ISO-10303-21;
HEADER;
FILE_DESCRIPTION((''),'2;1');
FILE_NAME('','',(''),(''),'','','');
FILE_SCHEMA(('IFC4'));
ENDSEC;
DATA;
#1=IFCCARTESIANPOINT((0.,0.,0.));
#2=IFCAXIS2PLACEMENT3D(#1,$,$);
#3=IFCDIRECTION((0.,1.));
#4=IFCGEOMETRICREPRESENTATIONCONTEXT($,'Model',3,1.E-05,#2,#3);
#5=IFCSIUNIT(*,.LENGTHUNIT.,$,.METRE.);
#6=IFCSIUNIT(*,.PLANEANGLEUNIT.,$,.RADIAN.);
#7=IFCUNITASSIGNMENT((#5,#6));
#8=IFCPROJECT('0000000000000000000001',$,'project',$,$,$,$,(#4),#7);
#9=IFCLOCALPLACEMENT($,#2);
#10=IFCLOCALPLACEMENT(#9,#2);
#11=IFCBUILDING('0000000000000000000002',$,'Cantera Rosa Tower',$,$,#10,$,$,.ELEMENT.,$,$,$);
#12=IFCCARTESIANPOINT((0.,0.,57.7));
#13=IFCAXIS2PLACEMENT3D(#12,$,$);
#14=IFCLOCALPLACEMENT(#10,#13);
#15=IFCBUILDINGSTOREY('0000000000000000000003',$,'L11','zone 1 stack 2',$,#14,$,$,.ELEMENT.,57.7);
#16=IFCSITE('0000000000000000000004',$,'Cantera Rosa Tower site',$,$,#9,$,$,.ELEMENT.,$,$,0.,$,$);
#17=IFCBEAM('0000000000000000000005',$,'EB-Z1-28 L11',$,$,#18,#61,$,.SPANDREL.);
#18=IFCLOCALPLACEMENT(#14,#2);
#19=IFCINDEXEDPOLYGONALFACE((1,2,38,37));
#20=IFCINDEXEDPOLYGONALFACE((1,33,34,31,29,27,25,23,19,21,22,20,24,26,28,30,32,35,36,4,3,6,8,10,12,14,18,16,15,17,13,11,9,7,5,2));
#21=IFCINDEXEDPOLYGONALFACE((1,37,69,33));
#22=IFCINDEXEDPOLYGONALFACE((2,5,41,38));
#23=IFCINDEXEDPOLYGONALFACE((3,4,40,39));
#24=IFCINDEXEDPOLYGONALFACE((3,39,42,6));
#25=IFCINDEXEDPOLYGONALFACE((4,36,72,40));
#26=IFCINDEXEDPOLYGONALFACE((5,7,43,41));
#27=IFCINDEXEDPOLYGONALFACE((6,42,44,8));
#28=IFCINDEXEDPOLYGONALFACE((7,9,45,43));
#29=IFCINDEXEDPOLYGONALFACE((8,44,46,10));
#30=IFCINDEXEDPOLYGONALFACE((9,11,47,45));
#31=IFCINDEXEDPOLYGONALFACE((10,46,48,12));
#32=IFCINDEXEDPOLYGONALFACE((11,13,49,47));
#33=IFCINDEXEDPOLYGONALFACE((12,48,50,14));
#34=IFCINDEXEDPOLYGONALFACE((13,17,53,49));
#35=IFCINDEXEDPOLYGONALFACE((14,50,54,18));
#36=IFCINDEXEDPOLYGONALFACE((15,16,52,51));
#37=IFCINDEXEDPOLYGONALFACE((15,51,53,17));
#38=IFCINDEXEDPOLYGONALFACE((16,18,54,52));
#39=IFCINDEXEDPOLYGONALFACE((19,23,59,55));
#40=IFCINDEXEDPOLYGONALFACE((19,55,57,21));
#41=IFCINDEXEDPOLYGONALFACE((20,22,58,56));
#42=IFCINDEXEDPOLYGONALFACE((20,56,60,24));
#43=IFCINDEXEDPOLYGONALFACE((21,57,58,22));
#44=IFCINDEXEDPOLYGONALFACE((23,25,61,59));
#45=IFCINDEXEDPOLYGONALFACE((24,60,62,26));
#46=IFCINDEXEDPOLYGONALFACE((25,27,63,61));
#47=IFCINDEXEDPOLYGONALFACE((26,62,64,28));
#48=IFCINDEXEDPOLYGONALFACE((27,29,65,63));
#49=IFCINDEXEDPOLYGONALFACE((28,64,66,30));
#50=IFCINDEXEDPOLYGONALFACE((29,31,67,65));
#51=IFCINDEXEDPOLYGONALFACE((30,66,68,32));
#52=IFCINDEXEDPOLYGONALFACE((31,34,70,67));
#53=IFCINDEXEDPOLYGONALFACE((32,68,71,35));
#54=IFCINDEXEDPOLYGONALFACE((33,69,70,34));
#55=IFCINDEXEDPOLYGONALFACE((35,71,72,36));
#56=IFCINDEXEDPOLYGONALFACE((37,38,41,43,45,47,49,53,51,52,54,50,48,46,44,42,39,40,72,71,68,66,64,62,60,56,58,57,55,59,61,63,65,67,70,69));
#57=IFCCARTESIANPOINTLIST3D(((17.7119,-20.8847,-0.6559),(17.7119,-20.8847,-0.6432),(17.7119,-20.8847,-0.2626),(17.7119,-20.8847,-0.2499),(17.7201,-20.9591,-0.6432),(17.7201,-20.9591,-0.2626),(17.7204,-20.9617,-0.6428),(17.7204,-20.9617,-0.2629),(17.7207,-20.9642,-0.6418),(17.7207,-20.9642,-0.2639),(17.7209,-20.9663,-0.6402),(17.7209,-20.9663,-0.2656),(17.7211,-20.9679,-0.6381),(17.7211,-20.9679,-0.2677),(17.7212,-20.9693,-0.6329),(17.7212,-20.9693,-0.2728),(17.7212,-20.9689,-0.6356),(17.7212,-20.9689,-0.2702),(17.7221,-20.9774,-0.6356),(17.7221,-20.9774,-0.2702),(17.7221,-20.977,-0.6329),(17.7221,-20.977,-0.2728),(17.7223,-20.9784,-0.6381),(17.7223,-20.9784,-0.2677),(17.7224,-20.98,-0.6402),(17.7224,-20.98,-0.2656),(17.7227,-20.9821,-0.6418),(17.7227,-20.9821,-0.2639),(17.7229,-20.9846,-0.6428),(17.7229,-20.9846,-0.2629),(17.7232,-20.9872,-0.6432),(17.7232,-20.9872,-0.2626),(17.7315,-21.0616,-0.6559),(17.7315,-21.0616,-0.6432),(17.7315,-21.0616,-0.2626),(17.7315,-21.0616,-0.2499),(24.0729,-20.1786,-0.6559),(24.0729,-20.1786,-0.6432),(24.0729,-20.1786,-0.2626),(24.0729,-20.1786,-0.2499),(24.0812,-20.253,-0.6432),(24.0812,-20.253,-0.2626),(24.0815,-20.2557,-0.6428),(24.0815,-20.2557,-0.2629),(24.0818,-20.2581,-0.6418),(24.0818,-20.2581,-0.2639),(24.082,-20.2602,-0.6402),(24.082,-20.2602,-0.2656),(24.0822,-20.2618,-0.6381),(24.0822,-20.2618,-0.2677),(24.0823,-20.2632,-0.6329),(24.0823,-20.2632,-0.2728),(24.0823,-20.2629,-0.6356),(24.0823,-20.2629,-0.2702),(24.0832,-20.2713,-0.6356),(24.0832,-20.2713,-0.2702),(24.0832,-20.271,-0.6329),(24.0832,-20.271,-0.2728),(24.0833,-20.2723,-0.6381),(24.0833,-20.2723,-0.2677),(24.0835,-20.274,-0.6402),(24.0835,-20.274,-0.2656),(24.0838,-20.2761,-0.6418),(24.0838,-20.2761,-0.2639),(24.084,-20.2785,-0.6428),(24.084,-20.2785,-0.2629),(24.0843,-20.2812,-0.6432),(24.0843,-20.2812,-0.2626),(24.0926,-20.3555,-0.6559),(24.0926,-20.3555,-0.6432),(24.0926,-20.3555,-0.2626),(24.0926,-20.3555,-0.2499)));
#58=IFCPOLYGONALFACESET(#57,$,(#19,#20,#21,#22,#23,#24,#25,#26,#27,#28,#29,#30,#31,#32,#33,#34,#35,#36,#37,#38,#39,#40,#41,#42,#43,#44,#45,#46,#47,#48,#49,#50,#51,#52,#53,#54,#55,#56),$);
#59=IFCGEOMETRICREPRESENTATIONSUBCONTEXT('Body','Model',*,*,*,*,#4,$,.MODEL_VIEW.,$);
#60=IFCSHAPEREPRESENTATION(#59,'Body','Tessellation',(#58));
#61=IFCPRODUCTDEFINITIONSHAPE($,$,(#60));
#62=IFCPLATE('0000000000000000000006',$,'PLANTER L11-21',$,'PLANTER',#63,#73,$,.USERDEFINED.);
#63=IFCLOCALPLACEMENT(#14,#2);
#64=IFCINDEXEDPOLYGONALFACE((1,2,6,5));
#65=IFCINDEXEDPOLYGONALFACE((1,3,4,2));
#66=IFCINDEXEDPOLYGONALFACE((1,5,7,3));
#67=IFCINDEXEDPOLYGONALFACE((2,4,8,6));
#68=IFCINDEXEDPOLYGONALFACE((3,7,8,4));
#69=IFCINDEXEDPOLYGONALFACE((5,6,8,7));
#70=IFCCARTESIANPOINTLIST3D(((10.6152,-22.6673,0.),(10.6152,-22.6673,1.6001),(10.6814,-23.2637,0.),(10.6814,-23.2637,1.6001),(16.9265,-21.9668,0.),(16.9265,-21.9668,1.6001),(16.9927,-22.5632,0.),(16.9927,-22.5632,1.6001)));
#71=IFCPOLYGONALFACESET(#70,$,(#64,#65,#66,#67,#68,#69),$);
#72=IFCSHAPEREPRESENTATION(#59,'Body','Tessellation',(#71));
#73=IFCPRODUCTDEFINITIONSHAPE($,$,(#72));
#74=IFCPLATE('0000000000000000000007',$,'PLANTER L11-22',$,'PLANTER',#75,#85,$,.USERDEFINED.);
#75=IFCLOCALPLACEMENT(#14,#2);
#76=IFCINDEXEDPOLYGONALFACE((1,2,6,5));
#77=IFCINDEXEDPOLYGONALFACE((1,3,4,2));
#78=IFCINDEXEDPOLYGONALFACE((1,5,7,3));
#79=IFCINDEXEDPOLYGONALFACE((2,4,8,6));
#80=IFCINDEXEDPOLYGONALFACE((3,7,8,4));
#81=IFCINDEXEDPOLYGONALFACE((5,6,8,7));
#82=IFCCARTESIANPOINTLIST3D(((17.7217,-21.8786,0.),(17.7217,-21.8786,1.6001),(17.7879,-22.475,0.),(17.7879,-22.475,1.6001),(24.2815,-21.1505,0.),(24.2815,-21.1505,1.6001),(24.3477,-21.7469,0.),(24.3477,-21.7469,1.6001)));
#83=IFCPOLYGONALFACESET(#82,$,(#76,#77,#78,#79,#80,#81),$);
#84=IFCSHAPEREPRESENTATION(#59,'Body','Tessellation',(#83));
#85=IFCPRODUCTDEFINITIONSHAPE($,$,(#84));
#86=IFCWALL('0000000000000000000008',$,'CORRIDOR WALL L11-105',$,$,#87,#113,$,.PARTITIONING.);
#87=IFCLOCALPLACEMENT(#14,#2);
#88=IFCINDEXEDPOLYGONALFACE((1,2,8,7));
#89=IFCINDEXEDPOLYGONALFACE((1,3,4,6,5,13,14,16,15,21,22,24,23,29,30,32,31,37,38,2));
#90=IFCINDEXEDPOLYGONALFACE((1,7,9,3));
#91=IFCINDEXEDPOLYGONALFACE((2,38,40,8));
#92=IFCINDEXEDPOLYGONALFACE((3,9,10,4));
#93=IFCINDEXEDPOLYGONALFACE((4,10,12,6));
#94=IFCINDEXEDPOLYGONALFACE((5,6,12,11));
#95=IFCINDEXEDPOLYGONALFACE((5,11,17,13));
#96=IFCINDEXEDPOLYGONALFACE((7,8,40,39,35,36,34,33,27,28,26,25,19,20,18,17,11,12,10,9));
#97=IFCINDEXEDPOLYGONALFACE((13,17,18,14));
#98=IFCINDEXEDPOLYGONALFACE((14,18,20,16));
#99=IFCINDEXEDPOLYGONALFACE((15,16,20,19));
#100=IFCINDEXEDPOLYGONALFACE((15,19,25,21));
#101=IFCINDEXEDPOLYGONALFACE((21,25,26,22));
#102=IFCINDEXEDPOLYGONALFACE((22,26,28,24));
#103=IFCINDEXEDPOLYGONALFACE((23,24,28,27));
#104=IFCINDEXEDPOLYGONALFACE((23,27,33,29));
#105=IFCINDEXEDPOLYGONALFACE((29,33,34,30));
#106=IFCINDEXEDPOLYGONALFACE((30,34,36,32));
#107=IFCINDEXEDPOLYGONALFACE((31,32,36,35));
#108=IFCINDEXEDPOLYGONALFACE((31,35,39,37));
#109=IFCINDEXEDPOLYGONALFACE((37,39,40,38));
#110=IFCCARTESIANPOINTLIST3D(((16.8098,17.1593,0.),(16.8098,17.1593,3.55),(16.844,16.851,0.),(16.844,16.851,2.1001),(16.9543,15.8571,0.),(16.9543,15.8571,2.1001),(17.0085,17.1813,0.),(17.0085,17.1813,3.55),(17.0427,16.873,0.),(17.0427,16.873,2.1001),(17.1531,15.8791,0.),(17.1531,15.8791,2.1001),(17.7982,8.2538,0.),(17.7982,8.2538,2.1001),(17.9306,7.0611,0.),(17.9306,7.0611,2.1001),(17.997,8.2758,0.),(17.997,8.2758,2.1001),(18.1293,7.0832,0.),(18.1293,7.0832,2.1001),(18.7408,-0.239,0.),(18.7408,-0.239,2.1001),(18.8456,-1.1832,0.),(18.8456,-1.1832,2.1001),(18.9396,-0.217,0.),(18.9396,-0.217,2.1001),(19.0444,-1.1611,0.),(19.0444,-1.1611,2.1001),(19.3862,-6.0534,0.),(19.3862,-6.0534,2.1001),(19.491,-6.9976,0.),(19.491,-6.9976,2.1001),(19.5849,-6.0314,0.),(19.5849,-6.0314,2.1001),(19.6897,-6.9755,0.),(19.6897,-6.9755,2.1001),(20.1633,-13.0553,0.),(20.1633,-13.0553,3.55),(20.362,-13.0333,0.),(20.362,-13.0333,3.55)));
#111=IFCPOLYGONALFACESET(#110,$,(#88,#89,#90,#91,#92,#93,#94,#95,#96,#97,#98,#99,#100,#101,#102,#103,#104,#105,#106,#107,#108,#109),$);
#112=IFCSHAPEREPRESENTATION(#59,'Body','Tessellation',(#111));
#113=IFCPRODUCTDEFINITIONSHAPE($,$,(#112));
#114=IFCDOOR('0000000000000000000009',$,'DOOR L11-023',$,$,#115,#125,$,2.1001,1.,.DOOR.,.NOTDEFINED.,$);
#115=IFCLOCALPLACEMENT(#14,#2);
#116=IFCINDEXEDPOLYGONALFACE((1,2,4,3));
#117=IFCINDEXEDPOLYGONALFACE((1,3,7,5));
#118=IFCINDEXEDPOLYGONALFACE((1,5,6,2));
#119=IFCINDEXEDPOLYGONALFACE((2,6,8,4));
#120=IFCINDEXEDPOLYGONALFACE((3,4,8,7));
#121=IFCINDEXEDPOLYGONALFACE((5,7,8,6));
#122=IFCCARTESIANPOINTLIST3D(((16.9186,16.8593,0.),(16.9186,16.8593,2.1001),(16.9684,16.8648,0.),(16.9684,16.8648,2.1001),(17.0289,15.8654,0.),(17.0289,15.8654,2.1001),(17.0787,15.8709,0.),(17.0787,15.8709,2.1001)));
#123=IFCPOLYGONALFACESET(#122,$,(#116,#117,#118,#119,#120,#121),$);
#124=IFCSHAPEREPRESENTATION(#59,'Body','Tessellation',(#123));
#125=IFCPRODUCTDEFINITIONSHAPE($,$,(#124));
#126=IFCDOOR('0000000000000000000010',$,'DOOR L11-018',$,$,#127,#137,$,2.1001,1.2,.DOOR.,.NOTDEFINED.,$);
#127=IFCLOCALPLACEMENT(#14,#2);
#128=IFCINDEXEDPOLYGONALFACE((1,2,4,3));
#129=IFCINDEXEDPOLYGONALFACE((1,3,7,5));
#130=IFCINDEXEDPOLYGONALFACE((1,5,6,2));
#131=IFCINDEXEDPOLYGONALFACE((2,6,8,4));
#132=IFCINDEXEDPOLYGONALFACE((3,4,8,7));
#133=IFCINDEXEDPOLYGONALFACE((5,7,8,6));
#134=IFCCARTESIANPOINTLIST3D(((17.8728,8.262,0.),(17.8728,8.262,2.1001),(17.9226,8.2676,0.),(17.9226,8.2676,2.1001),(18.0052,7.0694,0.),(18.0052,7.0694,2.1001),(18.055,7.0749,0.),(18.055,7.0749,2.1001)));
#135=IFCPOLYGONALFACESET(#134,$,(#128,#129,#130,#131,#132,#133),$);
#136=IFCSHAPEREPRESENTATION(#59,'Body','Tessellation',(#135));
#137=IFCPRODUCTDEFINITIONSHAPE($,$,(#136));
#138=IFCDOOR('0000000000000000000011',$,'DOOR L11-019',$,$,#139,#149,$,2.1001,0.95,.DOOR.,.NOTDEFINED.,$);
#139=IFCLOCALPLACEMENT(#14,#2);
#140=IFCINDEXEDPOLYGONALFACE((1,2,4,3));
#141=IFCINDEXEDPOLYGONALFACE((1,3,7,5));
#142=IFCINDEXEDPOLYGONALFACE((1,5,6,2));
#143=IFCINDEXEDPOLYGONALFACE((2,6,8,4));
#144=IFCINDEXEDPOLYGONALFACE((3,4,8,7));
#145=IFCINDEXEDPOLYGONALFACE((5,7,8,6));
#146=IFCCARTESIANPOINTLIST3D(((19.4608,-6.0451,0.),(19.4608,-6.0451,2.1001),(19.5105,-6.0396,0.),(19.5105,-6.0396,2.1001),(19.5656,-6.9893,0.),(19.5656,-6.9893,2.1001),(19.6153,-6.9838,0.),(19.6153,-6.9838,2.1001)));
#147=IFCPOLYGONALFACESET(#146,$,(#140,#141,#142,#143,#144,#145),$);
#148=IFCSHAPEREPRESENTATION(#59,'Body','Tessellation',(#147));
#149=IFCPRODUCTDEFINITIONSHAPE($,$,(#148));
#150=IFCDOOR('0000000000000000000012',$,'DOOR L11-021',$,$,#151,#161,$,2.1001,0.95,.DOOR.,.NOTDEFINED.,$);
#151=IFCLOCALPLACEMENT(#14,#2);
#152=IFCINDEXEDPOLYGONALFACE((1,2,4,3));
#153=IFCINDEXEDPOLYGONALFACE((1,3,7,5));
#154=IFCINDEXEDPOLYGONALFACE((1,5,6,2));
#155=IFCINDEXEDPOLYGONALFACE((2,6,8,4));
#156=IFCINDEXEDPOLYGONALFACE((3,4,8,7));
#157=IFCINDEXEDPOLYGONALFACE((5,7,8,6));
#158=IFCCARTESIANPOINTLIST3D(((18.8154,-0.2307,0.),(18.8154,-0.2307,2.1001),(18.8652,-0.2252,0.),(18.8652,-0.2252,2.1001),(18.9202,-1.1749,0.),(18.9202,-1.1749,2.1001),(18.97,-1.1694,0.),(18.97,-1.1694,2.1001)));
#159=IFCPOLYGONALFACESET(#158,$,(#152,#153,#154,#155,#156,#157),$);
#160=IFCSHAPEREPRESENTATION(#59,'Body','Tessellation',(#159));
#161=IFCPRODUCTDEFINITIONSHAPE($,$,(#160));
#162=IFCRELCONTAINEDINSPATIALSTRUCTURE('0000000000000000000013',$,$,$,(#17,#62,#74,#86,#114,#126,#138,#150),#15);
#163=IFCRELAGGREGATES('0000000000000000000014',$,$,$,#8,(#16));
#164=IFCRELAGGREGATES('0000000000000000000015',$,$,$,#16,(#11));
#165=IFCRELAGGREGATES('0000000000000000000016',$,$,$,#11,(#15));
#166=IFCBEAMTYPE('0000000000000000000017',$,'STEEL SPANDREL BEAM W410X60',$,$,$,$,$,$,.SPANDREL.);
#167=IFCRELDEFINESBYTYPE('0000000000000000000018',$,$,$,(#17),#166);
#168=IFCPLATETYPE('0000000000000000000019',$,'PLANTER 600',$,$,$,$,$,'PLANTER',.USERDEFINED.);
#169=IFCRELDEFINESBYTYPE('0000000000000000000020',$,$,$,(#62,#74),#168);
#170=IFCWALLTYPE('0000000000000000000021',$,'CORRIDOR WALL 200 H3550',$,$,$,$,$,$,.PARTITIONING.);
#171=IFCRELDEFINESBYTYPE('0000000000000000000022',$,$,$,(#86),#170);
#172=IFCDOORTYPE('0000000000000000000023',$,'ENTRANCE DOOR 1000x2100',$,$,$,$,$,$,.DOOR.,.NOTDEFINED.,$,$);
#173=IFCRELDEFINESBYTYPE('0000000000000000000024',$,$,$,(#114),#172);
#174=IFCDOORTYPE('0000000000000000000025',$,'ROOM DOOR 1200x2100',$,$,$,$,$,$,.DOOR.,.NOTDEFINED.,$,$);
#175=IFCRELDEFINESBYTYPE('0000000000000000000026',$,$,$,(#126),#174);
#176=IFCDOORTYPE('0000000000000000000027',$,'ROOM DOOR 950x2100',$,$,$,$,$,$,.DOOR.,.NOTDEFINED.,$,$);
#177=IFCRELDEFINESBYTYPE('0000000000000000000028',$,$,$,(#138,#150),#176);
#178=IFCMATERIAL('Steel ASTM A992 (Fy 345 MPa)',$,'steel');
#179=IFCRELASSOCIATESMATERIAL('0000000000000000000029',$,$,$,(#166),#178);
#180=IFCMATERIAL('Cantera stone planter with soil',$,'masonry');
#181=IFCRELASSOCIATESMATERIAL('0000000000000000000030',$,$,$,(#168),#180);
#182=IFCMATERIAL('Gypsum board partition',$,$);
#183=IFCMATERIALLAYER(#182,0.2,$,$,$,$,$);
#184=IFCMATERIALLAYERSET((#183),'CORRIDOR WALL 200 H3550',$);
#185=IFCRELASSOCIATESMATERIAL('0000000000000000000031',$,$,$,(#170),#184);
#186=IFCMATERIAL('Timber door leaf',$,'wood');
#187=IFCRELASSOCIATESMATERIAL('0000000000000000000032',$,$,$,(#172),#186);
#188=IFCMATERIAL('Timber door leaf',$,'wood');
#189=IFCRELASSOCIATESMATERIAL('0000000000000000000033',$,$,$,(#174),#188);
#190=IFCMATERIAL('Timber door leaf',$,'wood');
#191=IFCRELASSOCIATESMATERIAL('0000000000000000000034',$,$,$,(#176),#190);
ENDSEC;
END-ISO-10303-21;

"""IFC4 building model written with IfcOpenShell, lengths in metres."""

from ifc_helpers import new_model, si_unit, direction, frame, frame_2d, origin, origin_2d, place, context, subcontext, project, spatial, rectangle, i_section, extrude, material, layer, layer_set, material_profile, profile_set, type_object, element, fill, save


model = new_model("IFC4")

# Units and contexts
model_context = context("Model", 3, precision=1e-05, world=origin(), true_north=direction((0.0, 1.0)))
body_context = subcontext(model_context, "Body", "Model", "MODEL_VIEW")
ifc_project = project(units=[si_unit("LENGTHUNIT", "METRE"), si_unit("PLANEANGLEUNIT", "RADIAN")], contexts=[model_context])

# Site, building, storey
site_placement = place(None, origin())
site = spatial("IfcSite", under=ifc_project, at=site_placement, Name="Cantera Rosa Tower site", CompositionType="ELEMENT", RefElevation=0.0)
building_placement = place(site_placement, origin())
building = spatial("IfcBuilding", under=site, at=building_placement, Name="Cantera Rosa Tower", CompositionType="ELEMENT")
storey_placement = place(building_placement, frame((0.0, 0.0, 57.7)))
storey = spatial("IfcBuildingStorey", under=building, at=storey_placement, Name="L11", Description="zone 1 stack 2", CompositionType="ELEMENT", Elevation=57.7)

# Beam
ifc_material_1 = material(Name="Steel ASTM A992 (Fy 345 MPa)", Category="steel")
ifc_material_profile_1 = material_profile(ifc_material_1, i_section(OverallWidth=0.178, OverallDepth=0.406, WebThickness=0.0078, FlangeThickness=0.0127, FilletRadius=0.0103, at=origin_2d()), Name="W410X60")
ifc_profile_set_1 = profile_set([ifc_material_profile_1], Name="Steel ASTM A992 (Fy 345 MPa)")
beam_type_1 = type_object("IfcBeamType", Name="STEEL SPANDREL BEAM W410X60", PredefinedType="SPANDREL", material=ifc_profile_set_1)
beam_1_placement = place(storey_placement, frame((17.7217, -20.9731, -0.4529), z_axis=(0.993896, 0.110318, 0.0), x_axis=(-0.110318, 0.993896, 0.0)))
element("IfcBeam", 1, at=beam_1_placement, inside=storey, type_object=beam_type_1, Name="EB-Z1-28 L11", PredefinedType="SPANDREL", context=body_context, shape_type="SweptSolid", body=[
    extrude(i_section(OverallWidth=0.178, OverallDepth=0.406, WebThickness=0.0078, FlangeThickness=0.0127, FilletRadius=0.0103, at=origin_2d()), origin(), (0.0, 0.0, 1.0), 6.4001),
])

# Plates
ifc_material_2 = material(Name="Cantera stone planter with soil", Category="masonry")
plate_type = type_object("IfcPlateType", Name="PLANTER 600", ElementType="PLANTER", PredefinedType="USERDEFINED", material=ifc_material_2)
plate_1_placement = place(storey_placement, frame((13.804, -22.6152, 0.0), z_axis=(0.0, 0.0, 1.0), x_axis=(0.993897, 0.110313, 0.0)))
element("IfcPlate", 2, at=plate_1_placement, inside=storey, type_object=plate_type, Name="PLANTER L11-21", ObjectType="PLANTER", PredefinedType="USERDEFINED", context=body_context, shape_type="SweptSolid", body=[
    extrude(rectangle(XDim=6.3501, YDim=0.6001, at=origin_2d()), origin(), (0.0, 0.0, 1.0), 1.6001),
])
plate_2_placement = place(storey_placement, frame((21.0347, -21.8127, 0.0), z_axis=(0.0, 0.0, 1.0), x_axis=(0.993897, 0.110313, 0.0)))
element("IfcPlate", 3, at=plate_2_placement, inside=storey, type_object=plate_type, Name="PLANTER L11-22", ObjectType="PLANTER", PredefinedType="USERDEFINED", context=body_context, shape_type="SweptSolid", body=[
    extrude(rectangle(XDim=6.6001, YDim=0.6001, at=origin_2d()), origin(), (0.0, 0.0, 1.0), 1.6001),
])

# Wall, openings, doors
ifc_material_3 = material(Name="Gypsum board partition")
ifc_layer_1 = layer(ifc_material_3, 0.2)
ifc_layer_set_1 = layer_set([ifc_layer_1], Name="CORRIDOR WALL 200 H3550")
wall_type_1 = type_object("IfcWallType", Name="CORRIDOR WALL 200 H3550", PredefinedType="PARTITIONING", material=ifc_layer_set_1)
wall_1_placement = place(storey_placement, frame((20.2627, -13.0444, 0.0), z_axis=(0.0, 0.0, 1.0), x_axis=(-0.110313, 0.993897, 0.0)))
wall_1 = element("IfcWall", 4, at=wall_1_placement, inside=storey, type_object=wall_type_1, Name="CORRIDOR WALL L11-105", PredefinedType="PARTITIONING", context=body_context, shape_type="SweptSolid", body=[
    extrude(rectangle(XDim=30.4001, YDim=0.2, at=frame_2d((15.2002, 0.0))), origin(), (0.0, 0.0, 1.0), 3.55),
])
opening_1_placement = place(wall_1_placement, frame((20.24, 0.0, 0.0)))
opening_1 = element("IfcOpeningElement", 5, at=opening_1_placement, cuts=wall_1, PredefinedType="OPENING", context=body_context, shape_type="SweptSolid", body=[
    extrude(rectangle(XDim=1.2, YDim=2.1001, at=frame_2d((0.6001, 1.05))), frame((0.0, 0.1099, 0.0), z_axis=(0.0, -1.0, 0.0), x_axis=(1.0, 0.0, 0.0)), (0.0, 0.0, 1.0), 0.22),
])
opening_2_placement = place(wall_1_placement, frame((6.095, 0.0, 0.0)))
opening_2 = element("IfcOpeningElement", 6, at=opening_2_placement, cuts=wall_1, PredefinedType="OPENING", context=body_context, shape_type="SweptSolid", body=[
    extrude(rectangle(XDim=0.95, YDim=2.1001, at=frame_2d((0.4751, 1.05))), frame((0.0, 0.1099, 0.0), z_axis=(0.0, -1.0, 0.0), x_axis=(1.0, 0.0, 0.0)), (0.0, 0.0, 1.0), 0.22),
])
opening_3_placement = place(wall_1_placement, frame((11.9451, 0.0, 0.0)))
opening_3 = element("IfcOpeningElement", 7, at=opening_3_placement, cuts=wall_1, PredefinedType="OPENING", context=body_context, shape_type="SweptSolid", body=[
    extrude(rectangle(XDim=0.95, YDim=2.1001, at=frame_2d((0.4751, 1.05))), frame((0.0, 0.1099, 0.0), z_axis=(0.0, -1.0, 0.0), x_axis=(1.0, 0.0, 0.0)), (0.0, 0.0, 1.0), 0.22),
])
opening_4_placement = place(wall_1_placement, frame((29.0901, 0.0, 0.0)))
opening_4 = element("IfcOpeningElement", 8, at=opening_4_placement, cuts=wall_1, PredefinedType="OPENING", context=body_context, shape_type="SweptSolid", body=[
    extrude(rectangle(XDim=1.0, YDim=2.1001, at=frame_2d((0.5, 1.05))), frame((0.0, 0.1099, 0.0), z_axis=(0.0, -1.0, 0.0), x_axis=(1.0, 0.0, 0.0)), (0.0, 0.0, 1.0), 0.22),
])
ifc_material_4 = material(Name="Timber door leaf", Category="wood")
door_type_1 = type_object("IfcDoorType", Name="ENTRANCE DOOR 1000x2100", OperationType="NOTDEFINED", PredefinedType="DOOR", material=ifc_material_4)
door_1_placement = place(opening_4_placement, origin())
door_1 = element("IfcDoor", 9, at=door_1_placement, inside=storey, type_object=door_type_1, Name="DOOR L11-023", OperationType="NOTDEFINED", OverallHeight=2.1001, OverallWidth=1.0, PredefinedType="DOOR", context=body_context, shape_type="SweptSolid", body=[
    extrude(rectangle(XDim=1.0, YDim=2.1001, at=frame_2d((0.5, 1.05))), frame((0.0, 0.0249, 0.0), z_axis=(0.0, -1.0, 0.0), x_axis=(1.0, 0.0, 0.0)), (0.0, 0.0, 1.0), 0.05),
])
fill(opening_4, door_1)
ifc_material_5 = material(Name="Timber door leaf", Category="wood")
door_type_2 = type_object("IfcDoorType", Name="ROOM DOOR 1200x2100", OperationType="NOTDEFINED", PredefinedType="DOOR", material=ifc_material_5)
door_2_placement = place(opening_1_placement, origin())
door_2 = element("IfcDoor", 10, at=door_2_placement, inside=storey, type_object=door_type_2, Name="DOOR L11-018", OperationType="NOTDEFINED", OverallHeight=2.1001, OverallWidth=1.2, PredefinedType="DOOR", context=body_context, shape_type="SweptSolid", body=[
    extrude(rectangle(XDim=1.2, YDim=2.1001, at=frame_2d((0.6001, 1.05))), frame((0.0, 0.0249, 0.0), z_axis=(0.0, -1.0, 0.0), x_axis=(1.0, 0.0, 0.0)), (0.0, 0.0, 1.0), 0.05),
])
fill(opening_1, door_2)
ifc_material_6 = material(Name="Timber door leaf", Category="wood")
door_type_3 = type_object("IfcDoorType", Name="ROOM DOOR 950x2100", OperationType="NOTDEFINED", PredefinedType="DOOR", material=ifc_material_6)
door_3_placement = place(opening_2_placement, origin())
door_3 = element("IfcDoor", 11, at=door_3_placement, inside=storey, type_object=door_type_3, Name="DOOR L11-019", OperationType="NOTDEFINED", OverallHeight=2.1001, OverallWidth=0.95, PredefinedType="DOOR", context=body_context, shape_type="SweptSolid", body=[
    extrude(rectangle(XDim=0.95, YDim=2.1001, at=frame_2d((0.4751, 1.05))), frame((0.0, 0.0249, 0.0), z_axis=(0.0, -1.0, 0.0), x_axis=(1.0, 0.0, 0.0)), (0.0, 0.0, 1.0), 0.05),
])
fill(opening_2, door_3)
door_4_placement = place(opening_3_placement, origin())
door_4 = element("IfcDoor", 12, at=door_4_placement, inside=storey, type_object=door_type_3, Name="DOOR L11-021", OperationType="NOTDEFINED", OverallHeight=2.1001, OverallWidth=0.95, PredefinedType="DOOR", context=body_context, shape_type="SweptSolid", body=[
    extrude(rectangle(XDim=0.95, YDim=2.1001, at=frame_2d((0.4751, 1.05))), frame((0.0, 0.0249, 0.0), z_axis=(0.0, -1.0, 0.0), x_axis=(1.0, 0.0, 0.0)), (0.0, 0.0, 1.0), 0.05),
])
fill(opening_3, door_4)

save(model, "model.ifc")
